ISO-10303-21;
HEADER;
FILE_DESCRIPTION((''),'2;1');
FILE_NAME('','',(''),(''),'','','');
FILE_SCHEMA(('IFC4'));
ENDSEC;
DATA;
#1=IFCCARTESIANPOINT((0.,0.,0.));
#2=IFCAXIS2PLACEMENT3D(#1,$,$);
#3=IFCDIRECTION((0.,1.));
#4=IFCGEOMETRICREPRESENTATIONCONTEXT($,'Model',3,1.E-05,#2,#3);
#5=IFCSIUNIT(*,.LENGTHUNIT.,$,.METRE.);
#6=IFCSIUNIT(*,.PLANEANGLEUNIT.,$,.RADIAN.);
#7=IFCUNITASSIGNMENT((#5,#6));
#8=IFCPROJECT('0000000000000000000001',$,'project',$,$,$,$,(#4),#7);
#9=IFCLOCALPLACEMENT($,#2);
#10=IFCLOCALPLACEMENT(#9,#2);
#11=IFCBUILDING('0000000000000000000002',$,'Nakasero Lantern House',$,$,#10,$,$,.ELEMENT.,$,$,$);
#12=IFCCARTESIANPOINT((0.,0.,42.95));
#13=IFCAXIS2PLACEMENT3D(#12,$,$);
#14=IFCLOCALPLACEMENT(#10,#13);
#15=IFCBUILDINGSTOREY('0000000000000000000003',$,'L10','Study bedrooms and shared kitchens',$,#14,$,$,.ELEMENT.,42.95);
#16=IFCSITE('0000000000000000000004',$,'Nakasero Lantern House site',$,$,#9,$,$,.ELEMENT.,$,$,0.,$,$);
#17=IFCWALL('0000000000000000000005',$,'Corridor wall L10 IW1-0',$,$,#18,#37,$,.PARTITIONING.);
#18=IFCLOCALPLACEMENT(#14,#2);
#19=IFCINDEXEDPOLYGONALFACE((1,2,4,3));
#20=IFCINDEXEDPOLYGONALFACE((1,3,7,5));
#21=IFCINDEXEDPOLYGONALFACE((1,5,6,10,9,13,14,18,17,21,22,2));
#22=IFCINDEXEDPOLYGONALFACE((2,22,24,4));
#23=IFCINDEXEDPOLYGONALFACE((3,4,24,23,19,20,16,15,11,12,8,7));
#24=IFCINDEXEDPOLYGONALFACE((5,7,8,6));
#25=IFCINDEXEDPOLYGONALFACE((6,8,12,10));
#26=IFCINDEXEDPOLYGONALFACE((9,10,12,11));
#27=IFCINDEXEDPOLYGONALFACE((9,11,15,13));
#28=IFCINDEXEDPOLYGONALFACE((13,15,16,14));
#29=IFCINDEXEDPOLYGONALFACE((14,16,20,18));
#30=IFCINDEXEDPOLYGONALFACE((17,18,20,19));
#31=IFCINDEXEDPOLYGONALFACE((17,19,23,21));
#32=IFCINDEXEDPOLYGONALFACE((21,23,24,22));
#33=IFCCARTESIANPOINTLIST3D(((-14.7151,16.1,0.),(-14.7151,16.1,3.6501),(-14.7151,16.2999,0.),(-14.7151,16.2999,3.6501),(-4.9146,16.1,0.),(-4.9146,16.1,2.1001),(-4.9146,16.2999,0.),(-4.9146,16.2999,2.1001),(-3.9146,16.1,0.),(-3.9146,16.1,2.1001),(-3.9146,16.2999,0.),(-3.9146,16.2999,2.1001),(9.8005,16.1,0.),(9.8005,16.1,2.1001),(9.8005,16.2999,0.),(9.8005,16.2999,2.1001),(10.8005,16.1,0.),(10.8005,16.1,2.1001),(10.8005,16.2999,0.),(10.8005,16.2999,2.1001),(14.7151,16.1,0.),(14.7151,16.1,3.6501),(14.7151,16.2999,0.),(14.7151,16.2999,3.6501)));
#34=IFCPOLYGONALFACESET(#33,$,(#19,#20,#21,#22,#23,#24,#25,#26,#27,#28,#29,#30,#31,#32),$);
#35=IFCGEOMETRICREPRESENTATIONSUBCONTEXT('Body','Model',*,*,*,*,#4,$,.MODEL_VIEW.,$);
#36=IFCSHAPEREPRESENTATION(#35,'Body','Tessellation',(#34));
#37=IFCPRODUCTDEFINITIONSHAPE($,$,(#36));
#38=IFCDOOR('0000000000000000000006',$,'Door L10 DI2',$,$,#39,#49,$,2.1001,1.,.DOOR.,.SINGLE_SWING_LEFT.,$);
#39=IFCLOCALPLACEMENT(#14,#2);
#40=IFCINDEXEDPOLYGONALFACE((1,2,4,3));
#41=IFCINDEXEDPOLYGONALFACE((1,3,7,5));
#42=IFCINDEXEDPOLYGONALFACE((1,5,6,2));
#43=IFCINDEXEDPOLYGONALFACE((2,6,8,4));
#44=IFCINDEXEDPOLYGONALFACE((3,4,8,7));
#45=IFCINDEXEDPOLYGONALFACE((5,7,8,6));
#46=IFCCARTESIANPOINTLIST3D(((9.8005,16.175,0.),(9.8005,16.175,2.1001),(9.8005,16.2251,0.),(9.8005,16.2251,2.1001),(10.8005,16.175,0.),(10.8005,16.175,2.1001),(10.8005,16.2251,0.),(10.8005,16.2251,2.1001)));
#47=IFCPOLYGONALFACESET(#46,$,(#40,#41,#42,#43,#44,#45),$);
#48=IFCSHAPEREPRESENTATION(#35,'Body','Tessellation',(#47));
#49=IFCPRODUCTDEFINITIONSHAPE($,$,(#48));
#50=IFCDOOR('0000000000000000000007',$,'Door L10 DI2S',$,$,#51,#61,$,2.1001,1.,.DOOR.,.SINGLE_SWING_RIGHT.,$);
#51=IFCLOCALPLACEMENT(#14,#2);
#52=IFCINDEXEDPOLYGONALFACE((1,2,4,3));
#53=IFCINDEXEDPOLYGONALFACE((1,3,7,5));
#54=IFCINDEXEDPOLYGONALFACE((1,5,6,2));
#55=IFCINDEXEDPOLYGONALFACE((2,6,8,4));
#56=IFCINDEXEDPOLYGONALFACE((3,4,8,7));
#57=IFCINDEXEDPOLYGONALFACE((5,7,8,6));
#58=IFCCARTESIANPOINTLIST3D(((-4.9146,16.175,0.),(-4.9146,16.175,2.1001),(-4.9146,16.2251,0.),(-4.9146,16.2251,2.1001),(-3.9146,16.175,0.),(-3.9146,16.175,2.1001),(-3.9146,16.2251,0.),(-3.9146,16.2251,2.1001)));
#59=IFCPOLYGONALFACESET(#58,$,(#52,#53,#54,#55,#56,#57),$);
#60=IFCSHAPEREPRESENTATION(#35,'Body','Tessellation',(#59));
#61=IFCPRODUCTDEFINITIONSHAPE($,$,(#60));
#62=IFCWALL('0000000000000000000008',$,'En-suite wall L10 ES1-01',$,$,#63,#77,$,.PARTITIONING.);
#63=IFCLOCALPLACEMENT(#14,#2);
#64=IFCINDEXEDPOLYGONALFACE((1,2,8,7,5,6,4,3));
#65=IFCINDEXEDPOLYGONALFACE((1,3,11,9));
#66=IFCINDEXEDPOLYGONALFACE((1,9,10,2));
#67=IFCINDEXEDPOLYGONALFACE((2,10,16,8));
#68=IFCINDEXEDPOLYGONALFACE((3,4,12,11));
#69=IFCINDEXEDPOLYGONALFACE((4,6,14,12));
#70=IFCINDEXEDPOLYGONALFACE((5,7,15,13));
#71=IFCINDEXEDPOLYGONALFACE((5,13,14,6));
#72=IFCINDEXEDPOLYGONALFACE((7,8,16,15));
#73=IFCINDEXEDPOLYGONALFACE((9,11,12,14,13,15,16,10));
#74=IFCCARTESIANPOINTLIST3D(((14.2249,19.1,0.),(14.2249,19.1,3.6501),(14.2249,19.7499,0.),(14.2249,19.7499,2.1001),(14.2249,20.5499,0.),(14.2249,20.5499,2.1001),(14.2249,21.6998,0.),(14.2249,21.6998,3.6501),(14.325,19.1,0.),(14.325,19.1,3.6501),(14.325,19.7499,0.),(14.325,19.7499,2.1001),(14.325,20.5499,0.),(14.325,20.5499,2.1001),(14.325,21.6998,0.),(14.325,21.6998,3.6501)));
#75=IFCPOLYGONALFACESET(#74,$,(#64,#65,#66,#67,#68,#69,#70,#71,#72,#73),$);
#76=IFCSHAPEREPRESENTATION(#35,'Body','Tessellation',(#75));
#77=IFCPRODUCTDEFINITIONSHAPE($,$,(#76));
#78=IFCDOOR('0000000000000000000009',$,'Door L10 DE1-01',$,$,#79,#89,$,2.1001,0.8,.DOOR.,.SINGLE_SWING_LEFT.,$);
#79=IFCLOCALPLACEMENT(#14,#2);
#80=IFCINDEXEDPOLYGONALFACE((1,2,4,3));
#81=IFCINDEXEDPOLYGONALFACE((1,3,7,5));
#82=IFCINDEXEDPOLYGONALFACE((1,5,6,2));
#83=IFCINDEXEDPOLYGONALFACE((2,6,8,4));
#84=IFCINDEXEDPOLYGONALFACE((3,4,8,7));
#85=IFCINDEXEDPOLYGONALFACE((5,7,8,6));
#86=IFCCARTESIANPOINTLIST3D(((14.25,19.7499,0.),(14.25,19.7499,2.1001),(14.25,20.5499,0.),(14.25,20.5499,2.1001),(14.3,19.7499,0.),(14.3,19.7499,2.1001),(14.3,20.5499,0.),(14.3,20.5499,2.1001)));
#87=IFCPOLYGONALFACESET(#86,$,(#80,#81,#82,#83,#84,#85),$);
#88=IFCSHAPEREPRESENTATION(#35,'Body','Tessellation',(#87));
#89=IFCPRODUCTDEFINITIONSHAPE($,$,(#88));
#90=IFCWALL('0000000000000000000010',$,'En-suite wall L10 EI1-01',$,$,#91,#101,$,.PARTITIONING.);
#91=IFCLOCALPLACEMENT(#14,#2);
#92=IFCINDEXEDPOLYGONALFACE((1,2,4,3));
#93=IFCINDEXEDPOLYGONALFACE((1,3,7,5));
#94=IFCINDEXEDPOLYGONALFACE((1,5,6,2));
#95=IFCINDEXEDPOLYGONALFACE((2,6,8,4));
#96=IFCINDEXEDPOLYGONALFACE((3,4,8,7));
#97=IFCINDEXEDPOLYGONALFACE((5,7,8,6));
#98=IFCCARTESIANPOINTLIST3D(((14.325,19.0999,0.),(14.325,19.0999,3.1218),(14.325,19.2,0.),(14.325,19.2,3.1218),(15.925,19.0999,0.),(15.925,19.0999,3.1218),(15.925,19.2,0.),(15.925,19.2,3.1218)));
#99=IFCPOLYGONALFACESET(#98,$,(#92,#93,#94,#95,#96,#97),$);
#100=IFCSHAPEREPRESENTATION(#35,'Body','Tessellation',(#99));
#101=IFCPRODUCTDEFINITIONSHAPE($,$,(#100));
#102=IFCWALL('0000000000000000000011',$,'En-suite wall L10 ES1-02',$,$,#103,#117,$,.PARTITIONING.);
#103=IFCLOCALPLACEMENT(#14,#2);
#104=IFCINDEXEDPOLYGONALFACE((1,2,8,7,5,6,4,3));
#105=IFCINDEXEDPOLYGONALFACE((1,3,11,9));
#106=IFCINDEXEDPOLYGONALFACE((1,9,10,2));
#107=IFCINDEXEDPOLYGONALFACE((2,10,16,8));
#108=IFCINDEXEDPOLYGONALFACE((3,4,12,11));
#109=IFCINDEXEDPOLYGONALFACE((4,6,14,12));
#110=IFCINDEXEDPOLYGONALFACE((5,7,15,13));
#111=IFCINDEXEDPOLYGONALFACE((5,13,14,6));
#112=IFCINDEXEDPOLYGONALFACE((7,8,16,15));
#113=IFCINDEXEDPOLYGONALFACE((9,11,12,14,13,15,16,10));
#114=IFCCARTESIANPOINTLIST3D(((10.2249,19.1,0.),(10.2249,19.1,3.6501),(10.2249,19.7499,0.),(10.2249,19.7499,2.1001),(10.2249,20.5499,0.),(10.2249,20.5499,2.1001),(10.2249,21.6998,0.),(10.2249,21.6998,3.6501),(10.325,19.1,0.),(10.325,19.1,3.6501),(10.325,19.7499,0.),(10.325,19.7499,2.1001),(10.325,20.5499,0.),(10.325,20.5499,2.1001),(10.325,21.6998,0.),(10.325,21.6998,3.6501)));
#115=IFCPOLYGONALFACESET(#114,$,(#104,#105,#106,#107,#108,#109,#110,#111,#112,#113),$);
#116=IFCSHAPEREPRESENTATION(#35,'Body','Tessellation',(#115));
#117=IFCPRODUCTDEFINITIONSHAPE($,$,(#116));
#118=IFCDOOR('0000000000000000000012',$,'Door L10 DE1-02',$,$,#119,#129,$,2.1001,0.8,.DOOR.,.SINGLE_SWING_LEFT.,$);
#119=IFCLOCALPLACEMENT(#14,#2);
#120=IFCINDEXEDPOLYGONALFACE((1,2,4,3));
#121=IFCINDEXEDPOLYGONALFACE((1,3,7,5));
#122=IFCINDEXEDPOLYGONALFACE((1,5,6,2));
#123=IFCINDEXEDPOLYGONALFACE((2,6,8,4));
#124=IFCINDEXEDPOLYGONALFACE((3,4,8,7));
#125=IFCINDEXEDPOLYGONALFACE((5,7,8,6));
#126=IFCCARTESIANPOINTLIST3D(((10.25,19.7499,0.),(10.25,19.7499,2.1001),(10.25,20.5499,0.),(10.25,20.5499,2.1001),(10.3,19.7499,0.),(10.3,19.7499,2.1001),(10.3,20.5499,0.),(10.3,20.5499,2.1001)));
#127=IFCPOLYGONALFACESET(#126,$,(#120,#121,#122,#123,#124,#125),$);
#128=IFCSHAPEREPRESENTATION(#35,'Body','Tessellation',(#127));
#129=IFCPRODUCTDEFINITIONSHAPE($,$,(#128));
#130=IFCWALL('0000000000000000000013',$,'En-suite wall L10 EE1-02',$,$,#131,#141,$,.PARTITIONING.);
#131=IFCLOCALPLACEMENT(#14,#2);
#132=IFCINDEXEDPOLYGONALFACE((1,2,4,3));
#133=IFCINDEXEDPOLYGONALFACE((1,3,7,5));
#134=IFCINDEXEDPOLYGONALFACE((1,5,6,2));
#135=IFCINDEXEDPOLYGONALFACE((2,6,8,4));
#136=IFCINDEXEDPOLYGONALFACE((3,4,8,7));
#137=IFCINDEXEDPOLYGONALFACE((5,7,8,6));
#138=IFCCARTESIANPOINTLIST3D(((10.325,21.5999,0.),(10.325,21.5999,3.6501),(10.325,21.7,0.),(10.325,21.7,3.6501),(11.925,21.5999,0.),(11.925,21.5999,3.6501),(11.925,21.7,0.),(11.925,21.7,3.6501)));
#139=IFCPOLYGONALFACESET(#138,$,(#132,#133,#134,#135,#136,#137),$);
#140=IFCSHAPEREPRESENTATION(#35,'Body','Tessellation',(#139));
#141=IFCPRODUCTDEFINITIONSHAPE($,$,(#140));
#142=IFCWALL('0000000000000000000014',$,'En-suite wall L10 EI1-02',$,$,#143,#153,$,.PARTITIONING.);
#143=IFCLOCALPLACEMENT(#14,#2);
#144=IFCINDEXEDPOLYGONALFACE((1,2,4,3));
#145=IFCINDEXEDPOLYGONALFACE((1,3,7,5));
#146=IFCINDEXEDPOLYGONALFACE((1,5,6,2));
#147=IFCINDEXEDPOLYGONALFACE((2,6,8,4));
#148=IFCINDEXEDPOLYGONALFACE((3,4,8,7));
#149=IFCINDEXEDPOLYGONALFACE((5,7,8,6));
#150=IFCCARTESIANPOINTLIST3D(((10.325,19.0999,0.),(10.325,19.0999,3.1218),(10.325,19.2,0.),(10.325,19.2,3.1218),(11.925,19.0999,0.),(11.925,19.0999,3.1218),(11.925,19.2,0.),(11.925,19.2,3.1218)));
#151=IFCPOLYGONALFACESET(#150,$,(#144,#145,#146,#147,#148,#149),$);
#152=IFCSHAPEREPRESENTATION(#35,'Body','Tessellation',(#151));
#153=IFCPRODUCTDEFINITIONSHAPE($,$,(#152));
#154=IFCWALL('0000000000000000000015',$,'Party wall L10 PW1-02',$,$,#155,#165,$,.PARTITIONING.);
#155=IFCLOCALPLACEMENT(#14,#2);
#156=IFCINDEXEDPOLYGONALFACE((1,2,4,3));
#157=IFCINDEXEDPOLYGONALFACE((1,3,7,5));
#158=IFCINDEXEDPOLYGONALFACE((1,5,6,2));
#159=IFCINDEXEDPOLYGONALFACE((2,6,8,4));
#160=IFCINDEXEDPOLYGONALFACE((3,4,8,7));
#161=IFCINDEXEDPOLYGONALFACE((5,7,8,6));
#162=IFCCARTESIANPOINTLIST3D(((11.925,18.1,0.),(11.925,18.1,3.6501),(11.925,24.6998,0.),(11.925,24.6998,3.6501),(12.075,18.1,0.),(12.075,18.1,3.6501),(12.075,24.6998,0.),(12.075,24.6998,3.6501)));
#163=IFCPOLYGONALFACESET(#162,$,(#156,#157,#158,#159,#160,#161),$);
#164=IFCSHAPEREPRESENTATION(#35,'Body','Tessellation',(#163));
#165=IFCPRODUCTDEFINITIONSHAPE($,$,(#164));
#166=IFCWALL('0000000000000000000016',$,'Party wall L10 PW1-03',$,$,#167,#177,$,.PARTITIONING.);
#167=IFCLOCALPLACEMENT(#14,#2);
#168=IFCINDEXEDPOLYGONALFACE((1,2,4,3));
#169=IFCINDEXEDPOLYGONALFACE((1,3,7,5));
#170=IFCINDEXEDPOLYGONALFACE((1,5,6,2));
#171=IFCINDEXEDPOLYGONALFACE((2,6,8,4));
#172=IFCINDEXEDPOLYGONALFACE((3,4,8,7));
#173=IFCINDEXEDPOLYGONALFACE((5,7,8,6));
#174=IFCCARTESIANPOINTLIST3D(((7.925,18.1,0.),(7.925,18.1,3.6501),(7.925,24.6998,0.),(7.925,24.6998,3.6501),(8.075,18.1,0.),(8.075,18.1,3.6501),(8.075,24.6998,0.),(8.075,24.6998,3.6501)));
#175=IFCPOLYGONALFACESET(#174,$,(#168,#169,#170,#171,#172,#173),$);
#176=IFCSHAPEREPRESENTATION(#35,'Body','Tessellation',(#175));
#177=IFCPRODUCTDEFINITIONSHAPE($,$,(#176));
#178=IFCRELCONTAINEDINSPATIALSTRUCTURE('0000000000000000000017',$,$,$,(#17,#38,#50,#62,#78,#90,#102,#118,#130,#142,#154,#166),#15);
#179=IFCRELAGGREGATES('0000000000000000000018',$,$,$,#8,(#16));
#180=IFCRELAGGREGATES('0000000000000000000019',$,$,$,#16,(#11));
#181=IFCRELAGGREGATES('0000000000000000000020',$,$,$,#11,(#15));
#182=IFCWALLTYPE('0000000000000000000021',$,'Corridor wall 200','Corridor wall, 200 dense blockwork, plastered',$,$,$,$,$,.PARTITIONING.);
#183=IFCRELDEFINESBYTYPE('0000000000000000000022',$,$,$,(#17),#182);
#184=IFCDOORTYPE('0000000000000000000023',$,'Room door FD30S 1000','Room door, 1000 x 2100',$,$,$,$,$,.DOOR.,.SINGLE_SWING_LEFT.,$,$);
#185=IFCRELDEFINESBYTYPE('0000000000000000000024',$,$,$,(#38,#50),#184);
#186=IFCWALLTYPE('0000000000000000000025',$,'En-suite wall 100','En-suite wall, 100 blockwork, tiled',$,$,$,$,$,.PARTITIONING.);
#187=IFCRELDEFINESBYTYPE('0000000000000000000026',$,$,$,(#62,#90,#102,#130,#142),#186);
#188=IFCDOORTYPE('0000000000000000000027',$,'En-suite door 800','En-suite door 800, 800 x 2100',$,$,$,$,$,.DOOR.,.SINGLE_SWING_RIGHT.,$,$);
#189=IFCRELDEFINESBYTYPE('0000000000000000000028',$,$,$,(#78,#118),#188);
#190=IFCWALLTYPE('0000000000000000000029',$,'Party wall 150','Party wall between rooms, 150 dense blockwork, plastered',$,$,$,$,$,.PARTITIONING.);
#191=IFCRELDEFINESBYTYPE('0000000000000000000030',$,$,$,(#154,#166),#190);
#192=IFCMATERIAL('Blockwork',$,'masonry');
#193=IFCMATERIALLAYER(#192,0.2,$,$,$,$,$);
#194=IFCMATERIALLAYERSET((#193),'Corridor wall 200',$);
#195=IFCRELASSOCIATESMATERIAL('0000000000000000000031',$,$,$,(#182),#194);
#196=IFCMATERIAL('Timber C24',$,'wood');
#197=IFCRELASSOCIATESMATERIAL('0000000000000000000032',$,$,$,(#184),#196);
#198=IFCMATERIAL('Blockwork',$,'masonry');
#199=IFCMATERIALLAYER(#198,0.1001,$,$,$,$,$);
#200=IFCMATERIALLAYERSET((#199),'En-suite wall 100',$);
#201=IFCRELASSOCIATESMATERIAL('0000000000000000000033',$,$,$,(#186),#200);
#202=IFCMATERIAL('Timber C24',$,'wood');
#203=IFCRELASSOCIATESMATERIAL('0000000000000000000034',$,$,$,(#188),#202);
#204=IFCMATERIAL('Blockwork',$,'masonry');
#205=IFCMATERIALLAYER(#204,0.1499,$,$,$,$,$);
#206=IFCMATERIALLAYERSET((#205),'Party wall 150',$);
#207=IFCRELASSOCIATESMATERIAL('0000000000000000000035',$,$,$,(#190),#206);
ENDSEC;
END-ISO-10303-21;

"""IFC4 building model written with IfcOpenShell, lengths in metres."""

from ifc_helpers import new_model, si_unit, direction, frame, frame_2d, origin, place, context, subcontext, project, spatial, rectangle, extrude, material, layer, layer_set, type_object, element, fill, save


model = new_model("IFC4")

# Units and contexts
model_context = context("Model", 3, precision=1e-05, world=origin(), true_north=direction((0.0, 1.0)))
body_context = subcontext(model_context, "Body", "Model", "MODEL_VIEW")
ifc_project = project(units=[si_unit("LENGTHUNIT", "METRE"), si_unit("PLANEANGLEUNIT", "RADIAN")], contexts=[model_context])

# Site, building, storey
site_placement = place(None, origin())
site = spatial("IfcSite", under=ifc_project, at=site_placement, Name="Nakasero Lantern House site", CompositionType="ELEMENT", RefElevation=0.0)
building_placement = place(site_placement, origin())
building = spatial("IfcBuilding", under=site, at=building_placement, Name="Nakasero Lantern House", CompositionType="ELEMENT")
storey_placement = place(building_placement, frame((0.0, 0.0, 42.95)))
storey = spatial("IfcBuildingStorey", under=building, at=storey_placement, Name="L10", Description="Study bedrooms and shared kitchens", CompositionType="ELEMENT", Elevation=42.95)

# Wall, openings, doors
ifc_material_1 = material(Name="Blockwork", Category="masonry")
ifc_layer_1 = layer(ifc_material_1, 0.2)
ifc_layer_set_1 = layer_set([ifc_layer_1], Name="Corridor wall 200")
wall_type_1 = type_object("IfcWallType", Name="Corridor wall 200", Description="Corridor wall, 200 dense blockwork, plastered", PredefinedType="PARTITIONING", material=ifc_layer_set_1)
wall_1_placement = place(storey_placement, frame((14.7151, 16.2, 0.0), z_axis=(0.0, 0.0, 1.0), x_axis=(-1.0, 0.0, 0.0)))
wall_1 = element("IfcWall", 1, at=wall_1_placement, inside=storey, type_object=wall_type_1, Name="Corridor wall L10 IW1-0", PredefinedType="PARTITIONING", context=body_context, shape_type="SweptSolid", body=[
    extrude(rectangle(XDim=29.4302, YDim=0.2, at=frame_2d((14.7151, 0.0))), origin(), (0.0, 0.0, 1.0), 3.6501),
])
opening_1_placement = place(wall_1_placement, frame((3.9146, 0.0, 0.0)))
opening_1 = element("IfcOpeningElement", 2, at=opening_1_placement, cuts=wall_1, PredefinedType="OPENING", context=body_context, shape_type="SweptSolid", body=[
    extrude(rectangle(XDim=1.0, YDim=2.1001, at=frame_2d((0.5, 1.05))), frame((0.0, 0.1199, 0.0), z_axis=(0.0, -1.0, 0.0), x_axis=(1.0, 0.0, 0.0)), (0.0, 0.0, 1.0), 0.24),
])
opening_2_placement = place(wall_1_placement, frame((18.6296, 0.0, 0.0)))
opening_2 = element("IfcOpeningElement", 3, at=opening_2_placement, cuts=wall_1, PredefinedType="OPENING", context=body_context, shape_type="SweptSolid", body=[
    extrude(rectangle(XDim=1.0, YDim=2.1001, at=frame_2d((0.5, 1.05))), frame((0.0, 0.1199, 0.0), z_axis=(0.0, -1.0, 0.0), x_axis=(1.0, 0.0, 0.0)), (0.0, 0.0, 1.0), 0.24),
])
ifc_material_2 = material(Name="Timber C24", Category="wood")
door_type_1 = type_object("IfcDoorType", Name="Room door FD30S 1000", Description="Room door, 1000 x 2100", OperationType="SINGLE_SWING_LEFT", PredefinedType="DOOR", material=ifc_material_2)
door_1_placement = place(opening_1_placement, origin())
door_1 = element("IfcDoor", 4, at=door_1_placement, inside=storey, type_object=door_type_1, Name="Door L10 DI2", OperationType="SINGLE_SWING_LEFT", OverallHeight=2.1001, OverallWidth=1.0, PredefinedType="DOOR", context=body_context, shape_type="SweptSolid", body=[
    extrude(rectangle(XDim=1.0, YDim=2.1001, at=frame_2d((0.5, 1.05))), frame((0.0, 0.0249, 0.0), z_axis=(0.0, -1.0, 0.0), x_axis=(1.0, 0.0, 0.0)), (0.0, 0.0, 1.0), 0.05),
])
fill(opening_1, door_1)
door_2_placement = place(opening_2_placement, origin())
door_2 = element("IfcDoor", 5, at=door_2_placement, inside=storey, type_object=door_type_1, Name="Door L10 DI2S", OperationType="SINGLE_SWING_RIGHT", OverallHeight=2.1001, OverallWidth=1.0, PredefinedType="DOOR", context=body_context, shape_type="SweptSolid", body=[
    extrude(rectangle(XDim=1.0, YDim=2.1001, at=frame_2d((0.5, 1.05))), frame((0.0, 0.0249, 0.0), z_axis=(0.0, -1.0, 0.0), x_axis=(1.0, 0.0, 0.0)), (0.0, 0.0, 1.0), 0.05),
])
fill(opening_2, door_2)

# Wall, opening, door
ifc_material_3 = material(Name="Blockwork", Category="masonry")
ifc_layer_2 = layer(ifc_material_3, 0.1001)
ifc_layer_set_2 = layer_set([ifc_layer_2], Name="En-suite wall 100")
wall_type_2 = type_object("IfcWallType", Name="En-suite wall 100", Description="En-suite wall, 100 blockwork, tiled", PredefinedType="PARTITIONING", material=ifc_layer_set_2)
wall_2_placement = place(storey_placement, frame((14.2749, 19.1001, 0.0), z_axis=(0.0, 0.0, 1.0), x_axis=(0.0, 1.0, 0.0)))
wall_2 = element("IfcWall", 6, at=wall_2_placement, inside=storey, type_object=wall_type_2, Name="En-suite wall L10 ES1-01", PredefinedType="PARTITIONING", context=body_context, shape_type="SweptSolid", body=[
    extrude(rectangle(XDim=2.5999, YDim=0.1001, at=frame_2d((1.2998, 0.0))), origin(), (0.0, 0.0, 1.0), 3.6501),
])
opening_3_placement = place(wall_2_placement, frame((0.6499, 0.0, 0.0)))
opening_3 = element("IfcOpeningElement", 7, at=opening_3_placement, cuts=wall_2, PredefinedType="OPENING", context=body_context, shape_type="SweptSolid", body=[
    extrude(rectangle(XDim=0.8, YDim=2.1001, at=frame_2d((0.3999, 1.05))), frame((0.0, 0.0701, 0.0), z_axis=(0.0, -1.0, 0.0), x_axis=(1.0, 0.0, 0.0)), (0.0, 0.0, 1.0), 0.1401),
])
ifc_material_4 = material(Name="Timber C24", Category="wood")
door_type_2 = type_object("IfcDoorType", Name="En-suite door 800", Description="En-suite door 800, 800 x 2100", OperationType="SINGLE_SWING_RIGHT", PredefinedType="DOOR", material=ifc_material_4)
door_3_placement = place(opening_3_placement, origin())
door_3 = element("IfcDoor", 8, at=door_3_placement, inside=storey, type_object=door_type_2, Name="Door L10 DE1-01", OperationType="SINGLE_SWING_LEFT", OverallHeight=2.1001, OverallWidth=0.8, PredefinedType="DOOR", context=body_context, shape_type="SweptSolid", body=[
    extrude(rectangle(XDim=0.8, YDim=2.1001, at=frame_2d((0.3999, 1.05))), frame((0.0, 0.0249, 0.0), z_axis=(0.0, -1.0, 0.0), x_axis=(1.0, 0.0, 0.0)), (0.0, 0.0, 1.0), 0.05),
])
fill(opening_3, door_3)

# Wall
wall_3_placement = place(storey_placement, frame((15.925, 19.1499, 0.0), z_axis=(0.0, 0.0, 1.0), x_axis=(-1.0, 0.0, 0.0)))
element("IfcWall", 9, at=wall_3_placement, inside=storey, type_object=wall_type_2, Name="En-suite wall L10 EI1-01", PredefinedType="PARTITIONING", context=body_context, shape_type="SweptSolid", body=[
    extrude(rectangle(XDim=1.6001, YDim=0.1001, at=frame_2d((0.8, 0.0))), origin(), (0.0, 0.0, 1.0), 3.1218),
])

# Wall, opening, door
wall_4_placement = place(storey_placement, frame((10.2749, 19.1001, 0.0), z_axis=(0.0, 0.0, 1.0), x_axis=(0.0, 1.0, 0.0)))
wall_4 = element("IfcWall", 10, at=wall_4_placement, inside=storey, type_object=wall_type_2, Name="En-suite wall L10 ES1-02", PredefinedType="PARTITIONING", context=body_context, shape_type="SweptSolid", body=[
    extrude(rectangle(XDim=2.5999, YDim=0.1001, at=frame_2d((1.2998, 0.0))), origin(), (0.0, 0.0, 1.0), 3.6501),
])
opening_4_placement = place(wall_4_placement, frame((0.6499, 0.0, 0.0)))
opening_4 = element("IfcOpeningElement", 11, at=opening_4_placement, cuts=wall_4, PredefinedType="OPENING", context=body_context, shape_type="SweptSolid", body=[
    extrude(rectangle(XDim=0.8, YDim=2.1001, at=frame_2d((0.3999, 1.05))), frame((0.0, 0.0701, 0.0), z_axis=(0.0, -1.0, 0.0), x_axis=(1.0, 0.0, 0.0)), (0.0, 0.0, 1.0), 0.1401),
])
door_4_placement = place(opening_4_placement, origin())
door_4 = element("IfcDoor", 12, at=door_4_placement, inside=storey, type_object=door_type_2, Name="Door L10 DE1-02", OperationType="SINGLE_SWING_LEFT", OverallHeight=2.1001, OverallWidth=0.8, PredefinedType="DOOR", context=body_context, shape_type="SweptSolid", body=[
    extrude(rectangle(XDim=0.8, YDim=2.1001, at=frame_2d((0.3999, 1.05))), frame((0.0, 0.0249, 0.0), z_axis=(0.0, -1.0, 0.0), x_axis=(1.0, 0.0, 0.0)), (0.0, 0.0, 1.0), 0.05),
])
fill(opening_4, door_4)

# Walls
wall_5_placement = place(storey_placement, frame((11.925, 21.6499, 0.0), z_axis=(0.0, 0.0, 1.0), x_axis=(-1.0, 0.0, 0.0)))
element("IfcWall", 13, at=wall_5_placement, inside=storey, type_object=wall_type_2, Name="En-suite wall L10 EE1-02", PredefinedType="PARTITIONING", context=body_context, shape_type="SweptSolid", body=[
    extrude(rectangle(XDim=1.6001, YDim=0.1001, at=frame_2d((0.8, 0.0))), origin(), (0.0, 0.0, 1.0), 3.6501),
])
wall_6_placement = place(storey_placement, frame((11.925, 19.1499, 0.0), z_axis=(0.0, 0.0, 1.0), x_axis=(-1.0, 0.0, 0.0)))
element("IfcWall", 14, at=wall_6_placement, inside=storey, type_object=wall_type_2, Name="En-suite wall L10 EI1-02", PredefinedType="PARTITIONING", context=body_context, shape_type="SweptSolid", body=[
    extrude(rectangle(XDim=1.6001, YDim=0.1001, at=frame_2d((0.8, 0.0))), origin(), (0.0, 0.0, 1.0), 3.1218),
])
ifc_material_5 = material(Name="Blockwork", Category="masonry")
ifc_layer_3 = layer(ifc_material_5, 0.1499)
ifc_layer_set_3 = layer_set([ifc_layer_3], Name="Party wall 150")
wall_type_3 = type_object("IfcWallType", Name="Party wall 150", Description="Party wall between rooms, 150 dense blockwork, plastered", PredefinedType="PARTITIONING", material=ifc_layer_set_3)
for number, where, z_axis, x_axis, name in (
    (15, (12.0, 18.1001, 0.0), (0.0, 0.0, 1.0), (0.0, 1.0, 0.0), "Party wall L10 PW1-02"),
    (16, (8.0, 18.1001, 0.0), (0.0, 0.0, 1.0), (0.0, 1.0, 0.0), "Party wall L10 PW1-03"),
):
    element("IfcWall", number, at=place(storey_placement, frame(where, z_axis=z_axis, x_axis=x_axis)), inside=storey, type_object=wall_type_3, Name=name, PredefinedType="PARTITIONING", context=body_context, shape_type="SweptSolid", body=[
        extrude(rectangle(XDim=6.5999, YDim=0.1499, at=frame_2d((3.2998, 0.0))), origin(), (0.0, 0.0, 1.0), 3.6501),
    ])

save(model, "model.ifc")
